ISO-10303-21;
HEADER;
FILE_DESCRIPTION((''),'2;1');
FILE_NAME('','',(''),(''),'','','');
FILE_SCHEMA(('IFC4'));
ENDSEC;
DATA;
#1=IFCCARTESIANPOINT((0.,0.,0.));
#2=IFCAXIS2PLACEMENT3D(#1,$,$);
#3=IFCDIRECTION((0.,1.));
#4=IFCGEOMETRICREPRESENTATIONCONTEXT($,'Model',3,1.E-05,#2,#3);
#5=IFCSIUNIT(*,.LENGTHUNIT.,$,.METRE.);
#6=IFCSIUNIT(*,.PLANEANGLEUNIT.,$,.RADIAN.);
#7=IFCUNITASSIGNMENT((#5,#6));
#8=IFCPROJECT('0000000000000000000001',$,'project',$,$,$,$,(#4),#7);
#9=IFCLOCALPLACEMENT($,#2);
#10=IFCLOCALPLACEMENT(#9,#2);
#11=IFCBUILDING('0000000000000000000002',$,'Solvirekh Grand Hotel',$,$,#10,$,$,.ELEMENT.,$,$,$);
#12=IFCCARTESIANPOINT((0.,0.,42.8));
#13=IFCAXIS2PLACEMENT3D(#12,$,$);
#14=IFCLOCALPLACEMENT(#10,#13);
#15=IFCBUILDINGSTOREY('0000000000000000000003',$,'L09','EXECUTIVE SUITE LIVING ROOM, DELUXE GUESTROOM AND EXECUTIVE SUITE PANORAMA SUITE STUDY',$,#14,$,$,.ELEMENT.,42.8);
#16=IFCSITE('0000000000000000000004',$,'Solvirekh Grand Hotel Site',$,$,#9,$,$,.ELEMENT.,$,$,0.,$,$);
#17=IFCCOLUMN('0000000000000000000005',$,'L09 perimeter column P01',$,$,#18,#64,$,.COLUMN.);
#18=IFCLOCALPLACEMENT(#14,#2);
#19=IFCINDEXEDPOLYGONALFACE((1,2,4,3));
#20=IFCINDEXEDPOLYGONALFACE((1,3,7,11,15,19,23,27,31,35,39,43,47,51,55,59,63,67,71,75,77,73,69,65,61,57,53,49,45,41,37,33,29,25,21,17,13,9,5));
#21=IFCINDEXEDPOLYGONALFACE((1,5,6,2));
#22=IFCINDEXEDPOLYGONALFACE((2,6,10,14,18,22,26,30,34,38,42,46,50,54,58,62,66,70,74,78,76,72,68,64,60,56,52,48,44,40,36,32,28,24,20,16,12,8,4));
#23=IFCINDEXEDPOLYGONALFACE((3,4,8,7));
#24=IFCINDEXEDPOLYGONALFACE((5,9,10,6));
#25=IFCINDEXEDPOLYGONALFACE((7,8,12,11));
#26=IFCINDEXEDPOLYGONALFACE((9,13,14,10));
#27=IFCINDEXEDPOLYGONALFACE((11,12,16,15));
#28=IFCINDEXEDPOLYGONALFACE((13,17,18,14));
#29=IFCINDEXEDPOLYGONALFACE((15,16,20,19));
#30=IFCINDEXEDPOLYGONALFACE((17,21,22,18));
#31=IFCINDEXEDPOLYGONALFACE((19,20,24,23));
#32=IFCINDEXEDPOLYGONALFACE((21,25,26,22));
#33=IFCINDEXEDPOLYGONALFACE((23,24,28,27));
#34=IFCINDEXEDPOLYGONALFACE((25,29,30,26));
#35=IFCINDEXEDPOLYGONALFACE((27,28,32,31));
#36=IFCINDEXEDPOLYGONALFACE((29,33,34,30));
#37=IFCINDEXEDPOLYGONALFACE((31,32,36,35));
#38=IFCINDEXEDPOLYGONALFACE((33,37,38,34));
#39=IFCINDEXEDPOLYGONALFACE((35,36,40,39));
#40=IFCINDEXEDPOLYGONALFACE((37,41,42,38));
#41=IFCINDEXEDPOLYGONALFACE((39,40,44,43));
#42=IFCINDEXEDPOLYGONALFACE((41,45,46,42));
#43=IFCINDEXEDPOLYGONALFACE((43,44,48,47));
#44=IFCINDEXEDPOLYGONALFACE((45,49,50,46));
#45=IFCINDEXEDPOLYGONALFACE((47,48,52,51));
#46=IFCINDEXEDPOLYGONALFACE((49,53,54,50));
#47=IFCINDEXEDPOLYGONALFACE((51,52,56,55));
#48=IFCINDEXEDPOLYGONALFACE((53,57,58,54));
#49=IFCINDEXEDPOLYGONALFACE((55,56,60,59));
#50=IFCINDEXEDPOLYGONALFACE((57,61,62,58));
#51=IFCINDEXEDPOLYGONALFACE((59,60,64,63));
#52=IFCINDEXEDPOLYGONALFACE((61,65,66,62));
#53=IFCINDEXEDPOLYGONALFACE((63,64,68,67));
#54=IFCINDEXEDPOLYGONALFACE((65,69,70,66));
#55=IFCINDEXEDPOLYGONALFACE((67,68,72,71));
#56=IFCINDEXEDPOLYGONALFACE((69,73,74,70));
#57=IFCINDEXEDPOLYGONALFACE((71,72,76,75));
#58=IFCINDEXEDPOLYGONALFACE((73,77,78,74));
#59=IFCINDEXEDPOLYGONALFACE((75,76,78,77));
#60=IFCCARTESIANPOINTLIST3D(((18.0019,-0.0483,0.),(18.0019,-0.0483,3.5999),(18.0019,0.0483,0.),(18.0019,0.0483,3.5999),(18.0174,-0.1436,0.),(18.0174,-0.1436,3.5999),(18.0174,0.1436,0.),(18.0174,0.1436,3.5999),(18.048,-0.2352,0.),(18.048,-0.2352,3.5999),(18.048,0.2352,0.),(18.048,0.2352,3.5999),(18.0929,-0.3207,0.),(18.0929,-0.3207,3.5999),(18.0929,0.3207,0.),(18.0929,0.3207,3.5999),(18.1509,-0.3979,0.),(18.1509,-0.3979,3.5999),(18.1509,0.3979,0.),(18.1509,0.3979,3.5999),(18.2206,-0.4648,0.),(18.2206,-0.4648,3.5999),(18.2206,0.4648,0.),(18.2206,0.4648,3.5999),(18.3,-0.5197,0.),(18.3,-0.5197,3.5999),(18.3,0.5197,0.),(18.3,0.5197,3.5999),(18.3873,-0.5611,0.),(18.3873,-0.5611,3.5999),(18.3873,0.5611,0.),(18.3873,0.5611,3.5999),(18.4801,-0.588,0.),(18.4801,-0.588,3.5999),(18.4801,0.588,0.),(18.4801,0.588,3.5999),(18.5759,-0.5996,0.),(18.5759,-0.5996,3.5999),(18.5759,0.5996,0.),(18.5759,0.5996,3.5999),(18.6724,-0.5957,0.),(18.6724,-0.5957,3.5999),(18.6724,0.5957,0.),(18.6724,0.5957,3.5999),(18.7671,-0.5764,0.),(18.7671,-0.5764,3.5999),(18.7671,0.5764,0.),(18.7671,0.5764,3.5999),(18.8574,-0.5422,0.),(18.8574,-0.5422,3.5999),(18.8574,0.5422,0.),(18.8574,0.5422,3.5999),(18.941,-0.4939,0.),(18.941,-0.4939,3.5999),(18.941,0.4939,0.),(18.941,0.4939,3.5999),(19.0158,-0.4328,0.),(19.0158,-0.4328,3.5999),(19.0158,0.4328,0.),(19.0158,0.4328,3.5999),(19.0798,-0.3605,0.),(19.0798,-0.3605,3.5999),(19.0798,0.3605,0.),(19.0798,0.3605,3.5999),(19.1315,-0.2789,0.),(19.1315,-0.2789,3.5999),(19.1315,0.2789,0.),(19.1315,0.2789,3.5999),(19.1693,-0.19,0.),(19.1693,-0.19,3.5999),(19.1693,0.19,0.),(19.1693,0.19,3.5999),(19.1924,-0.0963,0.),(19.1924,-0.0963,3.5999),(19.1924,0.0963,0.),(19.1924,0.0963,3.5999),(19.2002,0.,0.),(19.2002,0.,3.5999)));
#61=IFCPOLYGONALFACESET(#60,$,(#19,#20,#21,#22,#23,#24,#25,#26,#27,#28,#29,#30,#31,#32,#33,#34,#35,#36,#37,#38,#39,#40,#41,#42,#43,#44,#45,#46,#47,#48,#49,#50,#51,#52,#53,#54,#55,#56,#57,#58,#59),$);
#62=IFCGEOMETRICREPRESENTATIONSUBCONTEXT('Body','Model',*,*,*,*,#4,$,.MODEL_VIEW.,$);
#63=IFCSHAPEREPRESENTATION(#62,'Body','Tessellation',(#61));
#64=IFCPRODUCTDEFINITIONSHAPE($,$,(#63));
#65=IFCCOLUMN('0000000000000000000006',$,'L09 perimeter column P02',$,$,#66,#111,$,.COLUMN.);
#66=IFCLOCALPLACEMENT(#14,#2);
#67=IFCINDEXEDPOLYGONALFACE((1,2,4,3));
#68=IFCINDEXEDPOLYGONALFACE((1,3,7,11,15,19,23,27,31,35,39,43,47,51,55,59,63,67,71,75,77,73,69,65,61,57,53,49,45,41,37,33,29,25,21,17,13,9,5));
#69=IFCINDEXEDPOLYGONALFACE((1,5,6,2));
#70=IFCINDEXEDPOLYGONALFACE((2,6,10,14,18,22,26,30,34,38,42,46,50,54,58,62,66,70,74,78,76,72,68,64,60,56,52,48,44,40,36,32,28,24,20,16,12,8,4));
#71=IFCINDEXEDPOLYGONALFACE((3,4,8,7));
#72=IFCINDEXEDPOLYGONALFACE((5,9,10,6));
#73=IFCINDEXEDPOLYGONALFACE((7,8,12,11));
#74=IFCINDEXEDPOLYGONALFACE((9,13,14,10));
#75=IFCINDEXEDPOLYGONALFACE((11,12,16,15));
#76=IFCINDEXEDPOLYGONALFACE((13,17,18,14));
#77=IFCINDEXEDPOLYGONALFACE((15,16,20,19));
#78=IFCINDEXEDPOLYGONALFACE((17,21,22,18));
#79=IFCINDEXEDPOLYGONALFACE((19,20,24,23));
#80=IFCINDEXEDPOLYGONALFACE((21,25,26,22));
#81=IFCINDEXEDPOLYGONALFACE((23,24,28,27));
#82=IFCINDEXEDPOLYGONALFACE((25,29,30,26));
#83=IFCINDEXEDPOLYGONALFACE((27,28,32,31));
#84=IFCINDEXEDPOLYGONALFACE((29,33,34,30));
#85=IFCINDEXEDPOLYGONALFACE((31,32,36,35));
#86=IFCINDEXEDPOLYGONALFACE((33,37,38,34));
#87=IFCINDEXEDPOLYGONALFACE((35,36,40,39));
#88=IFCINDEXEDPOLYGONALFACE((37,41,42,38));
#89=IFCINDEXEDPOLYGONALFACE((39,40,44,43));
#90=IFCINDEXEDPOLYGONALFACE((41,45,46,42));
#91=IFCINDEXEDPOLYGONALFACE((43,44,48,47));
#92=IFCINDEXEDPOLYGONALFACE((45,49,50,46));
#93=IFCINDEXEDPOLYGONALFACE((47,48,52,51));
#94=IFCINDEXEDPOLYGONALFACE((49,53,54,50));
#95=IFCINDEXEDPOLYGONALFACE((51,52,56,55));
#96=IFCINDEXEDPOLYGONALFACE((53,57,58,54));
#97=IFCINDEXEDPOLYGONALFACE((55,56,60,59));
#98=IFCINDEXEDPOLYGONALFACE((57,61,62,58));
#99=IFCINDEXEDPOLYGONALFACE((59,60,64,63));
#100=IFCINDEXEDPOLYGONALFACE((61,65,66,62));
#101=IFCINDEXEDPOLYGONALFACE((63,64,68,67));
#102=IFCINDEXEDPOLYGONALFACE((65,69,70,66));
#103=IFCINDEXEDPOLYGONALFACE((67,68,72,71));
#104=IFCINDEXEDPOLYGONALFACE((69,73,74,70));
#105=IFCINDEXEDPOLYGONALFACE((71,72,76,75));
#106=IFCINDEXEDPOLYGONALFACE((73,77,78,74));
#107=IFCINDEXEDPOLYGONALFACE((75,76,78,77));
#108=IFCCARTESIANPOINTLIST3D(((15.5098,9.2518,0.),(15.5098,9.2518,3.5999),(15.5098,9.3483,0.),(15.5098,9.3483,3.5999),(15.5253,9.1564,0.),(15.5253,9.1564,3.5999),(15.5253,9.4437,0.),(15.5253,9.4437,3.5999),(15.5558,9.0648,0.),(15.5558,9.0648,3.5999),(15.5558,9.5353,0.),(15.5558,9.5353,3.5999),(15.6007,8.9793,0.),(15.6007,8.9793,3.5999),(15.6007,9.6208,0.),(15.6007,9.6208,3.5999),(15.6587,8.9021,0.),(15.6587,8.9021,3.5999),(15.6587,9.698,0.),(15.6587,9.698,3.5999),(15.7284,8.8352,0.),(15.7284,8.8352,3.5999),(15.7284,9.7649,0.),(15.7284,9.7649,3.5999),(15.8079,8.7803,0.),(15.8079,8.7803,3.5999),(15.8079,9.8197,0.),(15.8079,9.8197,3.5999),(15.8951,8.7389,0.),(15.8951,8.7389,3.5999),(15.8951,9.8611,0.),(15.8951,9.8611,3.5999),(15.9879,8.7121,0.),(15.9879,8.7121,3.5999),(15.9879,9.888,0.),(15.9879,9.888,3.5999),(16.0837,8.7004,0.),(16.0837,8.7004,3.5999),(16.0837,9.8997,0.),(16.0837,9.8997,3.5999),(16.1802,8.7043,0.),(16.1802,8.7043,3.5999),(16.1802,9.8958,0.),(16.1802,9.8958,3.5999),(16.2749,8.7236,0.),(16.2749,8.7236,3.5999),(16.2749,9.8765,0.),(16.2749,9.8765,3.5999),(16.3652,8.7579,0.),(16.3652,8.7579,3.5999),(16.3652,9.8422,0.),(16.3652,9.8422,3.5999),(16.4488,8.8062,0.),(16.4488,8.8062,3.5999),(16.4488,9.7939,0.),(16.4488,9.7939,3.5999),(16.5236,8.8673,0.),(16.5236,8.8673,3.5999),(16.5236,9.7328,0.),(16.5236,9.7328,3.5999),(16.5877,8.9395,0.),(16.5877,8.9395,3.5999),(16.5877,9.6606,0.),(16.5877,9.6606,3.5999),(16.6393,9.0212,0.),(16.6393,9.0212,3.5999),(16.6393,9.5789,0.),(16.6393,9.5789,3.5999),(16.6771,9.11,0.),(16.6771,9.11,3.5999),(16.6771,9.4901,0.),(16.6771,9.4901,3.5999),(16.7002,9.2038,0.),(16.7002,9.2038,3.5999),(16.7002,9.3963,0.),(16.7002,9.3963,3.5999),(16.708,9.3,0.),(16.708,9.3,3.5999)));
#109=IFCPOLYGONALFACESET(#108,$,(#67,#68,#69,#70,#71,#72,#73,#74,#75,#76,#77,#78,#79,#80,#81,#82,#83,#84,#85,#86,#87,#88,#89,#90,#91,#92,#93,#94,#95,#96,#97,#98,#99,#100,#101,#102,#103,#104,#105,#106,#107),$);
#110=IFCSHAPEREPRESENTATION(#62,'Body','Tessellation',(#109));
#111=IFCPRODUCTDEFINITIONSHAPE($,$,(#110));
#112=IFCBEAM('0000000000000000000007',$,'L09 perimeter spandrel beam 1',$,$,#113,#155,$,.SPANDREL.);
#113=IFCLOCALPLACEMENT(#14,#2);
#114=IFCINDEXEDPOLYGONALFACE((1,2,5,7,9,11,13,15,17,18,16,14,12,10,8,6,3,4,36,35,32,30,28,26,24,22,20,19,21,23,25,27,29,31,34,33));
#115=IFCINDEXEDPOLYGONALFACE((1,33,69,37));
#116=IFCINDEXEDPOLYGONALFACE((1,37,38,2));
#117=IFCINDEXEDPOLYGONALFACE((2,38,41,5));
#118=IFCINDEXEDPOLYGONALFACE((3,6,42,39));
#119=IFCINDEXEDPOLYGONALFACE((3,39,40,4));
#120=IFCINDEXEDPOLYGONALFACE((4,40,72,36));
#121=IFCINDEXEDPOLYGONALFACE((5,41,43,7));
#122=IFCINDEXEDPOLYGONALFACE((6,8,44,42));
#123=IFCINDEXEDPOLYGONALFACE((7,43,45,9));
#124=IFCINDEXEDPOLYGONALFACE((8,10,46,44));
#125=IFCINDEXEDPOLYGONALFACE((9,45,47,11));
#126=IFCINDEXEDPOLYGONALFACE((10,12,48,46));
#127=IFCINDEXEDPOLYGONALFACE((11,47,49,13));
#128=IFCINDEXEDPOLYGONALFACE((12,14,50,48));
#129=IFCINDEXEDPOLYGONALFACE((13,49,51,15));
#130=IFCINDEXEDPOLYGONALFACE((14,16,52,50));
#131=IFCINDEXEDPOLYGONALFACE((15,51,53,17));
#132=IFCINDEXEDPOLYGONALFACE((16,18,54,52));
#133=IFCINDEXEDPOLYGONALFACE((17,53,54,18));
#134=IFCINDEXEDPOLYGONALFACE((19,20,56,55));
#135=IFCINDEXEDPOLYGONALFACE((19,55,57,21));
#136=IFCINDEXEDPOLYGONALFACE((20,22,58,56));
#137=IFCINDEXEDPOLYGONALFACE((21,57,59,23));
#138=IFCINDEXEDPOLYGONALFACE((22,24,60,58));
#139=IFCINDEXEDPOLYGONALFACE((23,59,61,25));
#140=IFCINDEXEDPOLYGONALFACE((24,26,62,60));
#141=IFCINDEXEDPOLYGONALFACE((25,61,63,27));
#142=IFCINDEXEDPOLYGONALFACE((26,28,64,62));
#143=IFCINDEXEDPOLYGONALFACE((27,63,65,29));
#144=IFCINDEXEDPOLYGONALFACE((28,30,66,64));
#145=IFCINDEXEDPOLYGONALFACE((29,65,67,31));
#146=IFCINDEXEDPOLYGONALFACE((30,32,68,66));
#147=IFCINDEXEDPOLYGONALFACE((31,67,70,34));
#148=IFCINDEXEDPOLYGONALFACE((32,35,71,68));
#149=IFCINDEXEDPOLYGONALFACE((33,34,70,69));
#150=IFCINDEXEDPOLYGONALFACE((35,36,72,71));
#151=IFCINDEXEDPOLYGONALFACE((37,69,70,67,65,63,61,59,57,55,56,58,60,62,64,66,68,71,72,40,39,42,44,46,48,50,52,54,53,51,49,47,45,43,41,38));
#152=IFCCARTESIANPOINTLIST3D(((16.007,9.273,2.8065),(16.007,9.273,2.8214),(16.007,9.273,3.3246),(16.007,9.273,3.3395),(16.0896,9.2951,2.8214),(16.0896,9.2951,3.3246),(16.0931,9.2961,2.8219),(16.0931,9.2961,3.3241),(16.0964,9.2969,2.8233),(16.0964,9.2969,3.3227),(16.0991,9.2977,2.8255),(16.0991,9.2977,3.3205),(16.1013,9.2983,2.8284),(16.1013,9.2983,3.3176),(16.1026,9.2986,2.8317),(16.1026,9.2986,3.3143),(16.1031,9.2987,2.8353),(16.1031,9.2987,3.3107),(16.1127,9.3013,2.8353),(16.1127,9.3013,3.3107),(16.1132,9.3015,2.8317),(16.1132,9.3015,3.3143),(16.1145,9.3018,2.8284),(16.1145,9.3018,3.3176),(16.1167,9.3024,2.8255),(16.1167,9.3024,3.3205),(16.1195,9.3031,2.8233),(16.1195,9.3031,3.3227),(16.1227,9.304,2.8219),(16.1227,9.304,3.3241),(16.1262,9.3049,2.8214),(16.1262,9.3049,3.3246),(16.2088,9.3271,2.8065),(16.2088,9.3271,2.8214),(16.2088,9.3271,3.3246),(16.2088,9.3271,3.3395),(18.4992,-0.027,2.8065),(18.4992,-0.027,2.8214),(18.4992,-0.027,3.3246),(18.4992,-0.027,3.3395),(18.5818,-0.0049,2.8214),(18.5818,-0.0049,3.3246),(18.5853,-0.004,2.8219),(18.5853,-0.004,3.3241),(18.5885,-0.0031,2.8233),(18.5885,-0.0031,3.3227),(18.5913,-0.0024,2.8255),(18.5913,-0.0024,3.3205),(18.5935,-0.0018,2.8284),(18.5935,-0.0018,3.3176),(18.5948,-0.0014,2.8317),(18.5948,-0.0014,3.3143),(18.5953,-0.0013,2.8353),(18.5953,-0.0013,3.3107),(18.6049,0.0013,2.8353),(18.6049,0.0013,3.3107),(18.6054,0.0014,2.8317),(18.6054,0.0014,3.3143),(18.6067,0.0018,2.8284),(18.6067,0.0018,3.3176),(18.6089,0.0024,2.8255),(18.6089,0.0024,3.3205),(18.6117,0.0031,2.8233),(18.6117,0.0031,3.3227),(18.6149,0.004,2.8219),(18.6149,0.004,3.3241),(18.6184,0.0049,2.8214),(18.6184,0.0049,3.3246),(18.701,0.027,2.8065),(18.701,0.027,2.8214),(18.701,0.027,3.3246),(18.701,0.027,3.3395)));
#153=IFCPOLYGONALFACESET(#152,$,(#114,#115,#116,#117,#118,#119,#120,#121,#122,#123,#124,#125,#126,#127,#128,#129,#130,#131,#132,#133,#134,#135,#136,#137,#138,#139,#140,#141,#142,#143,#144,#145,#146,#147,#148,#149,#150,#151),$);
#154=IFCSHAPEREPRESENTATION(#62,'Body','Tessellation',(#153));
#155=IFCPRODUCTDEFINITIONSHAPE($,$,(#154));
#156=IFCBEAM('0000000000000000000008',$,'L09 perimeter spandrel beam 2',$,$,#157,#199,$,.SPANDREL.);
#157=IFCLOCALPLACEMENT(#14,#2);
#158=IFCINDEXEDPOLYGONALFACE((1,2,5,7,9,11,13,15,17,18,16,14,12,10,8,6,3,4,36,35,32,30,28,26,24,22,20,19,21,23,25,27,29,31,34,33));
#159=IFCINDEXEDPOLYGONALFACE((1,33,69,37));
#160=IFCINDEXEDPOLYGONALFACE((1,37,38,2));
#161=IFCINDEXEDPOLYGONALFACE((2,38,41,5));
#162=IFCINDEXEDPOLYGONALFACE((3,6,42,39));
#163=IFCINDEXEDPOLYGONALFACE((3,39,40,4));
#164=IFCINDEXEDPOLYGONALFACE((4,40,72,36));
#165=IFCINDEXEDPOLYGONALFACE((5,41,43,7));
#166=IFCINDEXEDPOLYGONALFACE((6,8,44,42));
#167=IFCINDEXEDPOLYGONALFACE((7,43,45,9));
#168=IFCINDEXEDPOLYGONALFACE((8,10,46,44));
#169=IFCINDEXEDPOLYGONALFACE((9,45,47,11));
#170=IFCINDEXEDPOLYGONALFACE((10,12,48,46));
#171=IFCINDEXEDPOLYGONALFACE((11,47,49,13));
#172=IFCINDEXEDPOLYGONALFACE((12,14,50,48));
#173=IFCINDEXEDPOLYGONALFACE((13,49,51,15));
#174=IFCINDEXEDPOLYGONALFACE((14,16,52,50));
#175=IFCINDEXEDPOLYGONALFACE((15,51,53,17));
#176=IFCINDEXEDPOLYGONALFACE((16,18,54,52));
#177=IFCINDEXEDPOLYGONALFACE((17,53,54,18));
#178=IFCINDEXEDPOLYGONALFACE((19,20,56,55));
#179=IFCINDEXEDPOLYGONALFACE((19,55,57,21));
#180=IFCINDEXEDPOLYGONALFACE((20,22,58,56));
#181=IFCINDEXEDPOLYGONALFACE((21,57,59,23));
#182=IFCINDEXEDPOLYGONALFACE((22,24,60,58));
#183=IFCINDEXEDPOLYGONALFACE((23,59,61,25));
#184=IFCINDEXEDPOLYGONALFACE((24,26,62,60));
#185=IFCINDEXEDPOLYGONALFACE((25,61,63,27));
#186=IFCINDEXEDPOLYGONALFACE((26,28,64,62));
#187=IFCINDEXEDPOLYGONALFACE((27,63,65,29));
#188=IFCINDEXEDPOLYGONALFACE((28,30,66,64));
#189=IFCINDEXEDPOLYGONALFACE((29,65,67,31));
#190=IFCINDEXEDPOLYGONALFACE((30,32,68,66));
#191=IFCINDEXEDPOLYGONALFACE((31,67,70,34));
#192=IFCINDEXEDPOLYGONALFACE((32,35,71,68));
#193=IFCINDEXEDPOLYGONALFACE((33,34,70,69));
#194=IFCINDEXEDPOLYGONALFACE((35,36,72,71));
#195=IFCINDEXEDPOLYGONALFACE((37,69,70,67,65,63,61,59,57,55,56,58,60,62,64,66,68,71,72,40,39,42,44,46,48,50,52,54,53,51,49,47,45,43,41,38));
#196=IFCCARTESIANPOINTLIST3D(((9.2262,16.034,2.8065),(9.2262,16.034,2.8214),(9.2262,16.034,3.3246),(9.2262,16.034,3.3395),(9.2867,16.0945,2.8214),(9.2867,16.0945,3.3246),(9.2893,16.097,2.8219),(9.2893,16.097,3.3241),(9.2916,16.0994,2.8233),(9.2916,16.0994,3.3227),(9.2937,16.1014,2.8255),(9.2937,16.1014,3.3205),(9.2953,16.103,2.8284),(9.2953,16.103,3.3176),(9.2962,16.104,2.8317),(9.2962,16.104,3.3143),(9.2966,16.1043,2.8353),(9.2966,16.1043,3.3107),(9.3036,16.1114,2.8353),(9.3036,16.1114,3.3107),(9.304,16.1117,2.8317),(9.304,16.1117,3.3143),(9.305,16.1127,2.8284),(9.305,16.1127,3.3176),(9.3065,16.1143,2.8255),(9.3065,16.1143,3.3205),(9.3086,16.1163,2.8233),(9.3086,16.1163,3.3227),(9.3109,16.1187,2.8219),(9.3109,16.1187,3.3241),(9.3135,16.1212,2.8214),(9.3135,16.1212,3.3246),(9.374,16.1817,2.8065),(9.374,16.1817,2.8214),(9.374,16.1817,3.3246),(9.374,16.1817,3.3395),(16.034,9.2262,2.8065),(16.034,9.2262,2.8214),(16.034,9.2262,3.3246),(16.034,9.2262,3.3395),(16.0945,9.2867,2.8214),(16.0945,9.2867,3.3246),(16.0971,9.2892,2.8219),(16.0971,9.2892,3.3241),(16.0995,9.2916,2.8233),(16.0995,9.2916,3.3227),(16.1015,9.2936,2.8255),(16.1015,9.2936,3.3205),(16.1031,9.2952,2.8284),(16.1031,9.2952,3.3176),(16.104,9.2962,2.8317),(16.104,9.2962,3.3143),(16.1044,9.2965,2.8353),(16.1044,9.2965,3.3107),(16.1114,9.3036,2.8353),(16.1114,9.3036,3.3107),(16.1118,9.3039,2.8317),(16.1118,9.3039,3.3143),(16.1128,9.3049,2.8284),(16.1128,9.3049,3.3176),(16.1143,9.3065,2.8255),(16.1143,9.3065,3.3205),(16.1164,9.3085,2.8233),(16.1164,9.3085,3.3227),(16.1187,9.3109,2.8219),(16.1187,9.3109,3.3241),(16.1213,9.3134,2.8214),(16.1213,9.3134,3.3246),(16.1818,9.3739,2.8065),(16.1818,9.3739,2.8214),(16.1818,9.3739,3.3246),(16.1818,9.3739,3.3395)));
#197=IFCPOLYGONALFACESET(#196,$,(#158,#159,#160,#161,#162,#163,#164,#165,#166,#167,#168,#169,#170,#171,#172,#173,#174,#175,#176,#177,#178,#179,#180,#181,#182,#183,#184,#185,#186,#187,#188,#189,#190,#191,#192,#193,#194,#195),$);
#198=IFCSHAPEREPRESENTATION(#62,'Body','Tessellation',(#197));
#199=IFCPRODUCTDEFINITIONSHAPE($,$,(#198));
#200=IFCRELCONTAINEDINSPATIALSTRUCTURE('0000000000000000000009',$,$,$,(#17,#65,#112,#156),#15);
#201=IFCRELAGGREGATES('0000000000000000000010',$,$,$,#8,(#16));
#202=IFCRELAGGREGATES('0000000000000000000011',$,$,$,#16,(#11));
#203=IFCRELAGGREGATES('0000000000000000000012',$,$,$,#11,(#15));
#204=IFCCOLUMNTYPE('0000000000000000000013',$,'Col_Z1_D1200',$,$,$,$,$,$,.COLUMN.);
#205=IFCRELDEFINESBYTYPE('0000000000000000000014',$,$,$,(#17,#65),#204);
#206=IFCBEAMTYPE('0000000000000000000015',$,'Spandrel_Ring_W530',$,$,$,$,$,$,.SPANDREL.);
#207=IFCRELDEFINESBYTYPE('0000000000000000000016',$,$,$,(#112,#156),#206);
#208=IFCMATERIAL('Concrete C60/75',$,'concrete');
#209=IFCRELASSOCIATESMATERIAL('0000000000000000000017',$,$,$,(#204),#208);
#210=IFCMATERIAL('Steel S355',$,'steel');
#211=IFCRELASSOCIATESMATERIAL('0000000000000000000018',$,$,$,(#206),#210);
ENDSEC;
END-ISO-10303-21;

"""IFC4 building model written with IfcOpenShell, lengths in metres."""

from ifc_helpers import new_model, si_unit, direction, frame, origin, origin_2d, place, context, subcontext, project, spatial, circle, i_section, extrude, material, material_profile, profile_set, type_object, element, save


model = new_model("IFC4")

# Units and contexts
model_context = context("Model", 3, precision=1e-05, world=origin(), true_north=direction((0.0, 1.0)))
body_context = subcontext(model_context, "Body", "Model", "MODEL_VIEW")
ifc_project = project(units=[si_unit("LENGTHUNIT", "METRE"), si_unit("PLANEANGLEUNIT", "RADIAN")], contexts=[model_context])

# Site, building, storey
site_placement = place(None, origin())
site = spatial("IfcSite", under=ifc_project, at=site_placement, Name="Solvirekh Grand Hotel Site", CompositionType="ELEMENT", RefElevation=0.0)
building_placement = place(site_placement, origin())
building = spatial("IfcBuilding", under=site, at=building_placement, Name="Solvirekh Grand Hotel", CompositionType="ELEMENT")
storey_placement = place(building_placement, frame((0.0, 0.0, 42.8)))
storey = spatial("IfcBuildingStorey", under=building, at=storey_placement, Name="L09", Description="EXECUTIVE SUITE LIVING ROOM, DELUXE GUESTROOM AND EXECUTIVE SUITE PANORAMA SUITE STUDY", CompositionType="ELEMENT", Elevation=42.8)

# Columns
ifc_material_1 = material(Name="Concrete C60/75", Category="concrete")
ifc_material_profile_1 = material_profile(ifc_material_1, circle(Radius=0.6001, at=origin_2d()), Name="RC CIRC D1200")
ifc_profile_set_1 = profile_set([ifc_material_profile_1], Name="Concrete C60/75")
column_type = type_object("IfcColumnType", Name="Col_Z1_D1200", PredefinedType="COLUMN", material=ifc_profile_set_1)
for number, where, z_axis, x_axis, name in (
    (1, (18.6001, 0.0, 0.0), (0.0, 0.0, 1.0), (1.0, 0.0, 0.0), "L09 perimeter column P01"),
    (2, (16.1079, 9.3, 0.0), (0.0, 0.0, 1.0), (1.0, 0.0, 0.0), "L09 perimeter column P02"),
):
    element("IfcColumn", number, at=place(storey_placement, frame(where, z_axis=z_axis, x_axis=x_axis)), inside=storey, type_object=column_type, Name=name, PredefinedType="COLUMN", context=body_context, shape_type="SweptSolid", body=[
        extrude(circle(Radius=0.6001, at=origin_2d()), origin(), (0.0, 0.0, 1.0), 3.5999),
    ])

# Beams
ifc_material_2 = material(Name="Steel S355", Category="steel")
ifc_material_profile_2 = material_profile(ifc_material_2, i_section(OverallWidth=0.209, OverallDepth=0.533, WebThickness=0.01, FlangeThickness=0.0149, FilletRadius=0.0139, at=origin_2d()), Name="W530X92")
ifc_profile_set_2 = profile_set([ifc_material_profile_2], Name="Steel S355")
beam_type = type_object("IfcBeamType", Name="Spandrel_Ring_W530", PredefinedType="SPANDREL", material=ifc_profile_set_2)
beam_1_placement = place(storey_placement, frame((18.6001, 0.0, 3.073), z_axis=(-0.258843, 0.965919, 0.0), x_axis=(-0.965919, -0.258843, 0.0)))
element("IfcBeam", 3, at=beam_1_placement, inside=storey, type_object=beam_type, Name="L09 perimeter spandrel beam 1", PredefinedType="SPANDREL", context=body_context, shape_type="SweptSolid", body=[
    extrude(i_section(OverallWidth=0.209, OverallDepth=0.533, WebThickness=0.01, FlangeThickness=0.0149, FilletRadius=0.0139, at=origin_2d()), origin(), (0.0, 0.0, 1.0), 9.6282),
])
beam_2_placement = place(storey_placement, frame((16.1079, 9.3, 3.073), z_axis=(-0.707107, 0.707107, 0.0), x_axis=(-0.707107, -0.707107, 0.0)))
element("IfcBeam", 4, at=beam_2_placement, inside=storey, type_object=beam_type, Name="L09 perimeter spandrel beam 2", PredefinedType="SPANDREL", context=body_context, shape_type="SweptSolid", body=[
    extrude(i_section(OverallWidth=0.209, OverallDepth=0.533, WebThickness=0.01, FlangeThickness=0.0149, FilletRadius=0.0139, at=origin_2d()), origin(), (0.0, 0.0, 1.0), 9.6277),
])

save(model, "model.ifc")
